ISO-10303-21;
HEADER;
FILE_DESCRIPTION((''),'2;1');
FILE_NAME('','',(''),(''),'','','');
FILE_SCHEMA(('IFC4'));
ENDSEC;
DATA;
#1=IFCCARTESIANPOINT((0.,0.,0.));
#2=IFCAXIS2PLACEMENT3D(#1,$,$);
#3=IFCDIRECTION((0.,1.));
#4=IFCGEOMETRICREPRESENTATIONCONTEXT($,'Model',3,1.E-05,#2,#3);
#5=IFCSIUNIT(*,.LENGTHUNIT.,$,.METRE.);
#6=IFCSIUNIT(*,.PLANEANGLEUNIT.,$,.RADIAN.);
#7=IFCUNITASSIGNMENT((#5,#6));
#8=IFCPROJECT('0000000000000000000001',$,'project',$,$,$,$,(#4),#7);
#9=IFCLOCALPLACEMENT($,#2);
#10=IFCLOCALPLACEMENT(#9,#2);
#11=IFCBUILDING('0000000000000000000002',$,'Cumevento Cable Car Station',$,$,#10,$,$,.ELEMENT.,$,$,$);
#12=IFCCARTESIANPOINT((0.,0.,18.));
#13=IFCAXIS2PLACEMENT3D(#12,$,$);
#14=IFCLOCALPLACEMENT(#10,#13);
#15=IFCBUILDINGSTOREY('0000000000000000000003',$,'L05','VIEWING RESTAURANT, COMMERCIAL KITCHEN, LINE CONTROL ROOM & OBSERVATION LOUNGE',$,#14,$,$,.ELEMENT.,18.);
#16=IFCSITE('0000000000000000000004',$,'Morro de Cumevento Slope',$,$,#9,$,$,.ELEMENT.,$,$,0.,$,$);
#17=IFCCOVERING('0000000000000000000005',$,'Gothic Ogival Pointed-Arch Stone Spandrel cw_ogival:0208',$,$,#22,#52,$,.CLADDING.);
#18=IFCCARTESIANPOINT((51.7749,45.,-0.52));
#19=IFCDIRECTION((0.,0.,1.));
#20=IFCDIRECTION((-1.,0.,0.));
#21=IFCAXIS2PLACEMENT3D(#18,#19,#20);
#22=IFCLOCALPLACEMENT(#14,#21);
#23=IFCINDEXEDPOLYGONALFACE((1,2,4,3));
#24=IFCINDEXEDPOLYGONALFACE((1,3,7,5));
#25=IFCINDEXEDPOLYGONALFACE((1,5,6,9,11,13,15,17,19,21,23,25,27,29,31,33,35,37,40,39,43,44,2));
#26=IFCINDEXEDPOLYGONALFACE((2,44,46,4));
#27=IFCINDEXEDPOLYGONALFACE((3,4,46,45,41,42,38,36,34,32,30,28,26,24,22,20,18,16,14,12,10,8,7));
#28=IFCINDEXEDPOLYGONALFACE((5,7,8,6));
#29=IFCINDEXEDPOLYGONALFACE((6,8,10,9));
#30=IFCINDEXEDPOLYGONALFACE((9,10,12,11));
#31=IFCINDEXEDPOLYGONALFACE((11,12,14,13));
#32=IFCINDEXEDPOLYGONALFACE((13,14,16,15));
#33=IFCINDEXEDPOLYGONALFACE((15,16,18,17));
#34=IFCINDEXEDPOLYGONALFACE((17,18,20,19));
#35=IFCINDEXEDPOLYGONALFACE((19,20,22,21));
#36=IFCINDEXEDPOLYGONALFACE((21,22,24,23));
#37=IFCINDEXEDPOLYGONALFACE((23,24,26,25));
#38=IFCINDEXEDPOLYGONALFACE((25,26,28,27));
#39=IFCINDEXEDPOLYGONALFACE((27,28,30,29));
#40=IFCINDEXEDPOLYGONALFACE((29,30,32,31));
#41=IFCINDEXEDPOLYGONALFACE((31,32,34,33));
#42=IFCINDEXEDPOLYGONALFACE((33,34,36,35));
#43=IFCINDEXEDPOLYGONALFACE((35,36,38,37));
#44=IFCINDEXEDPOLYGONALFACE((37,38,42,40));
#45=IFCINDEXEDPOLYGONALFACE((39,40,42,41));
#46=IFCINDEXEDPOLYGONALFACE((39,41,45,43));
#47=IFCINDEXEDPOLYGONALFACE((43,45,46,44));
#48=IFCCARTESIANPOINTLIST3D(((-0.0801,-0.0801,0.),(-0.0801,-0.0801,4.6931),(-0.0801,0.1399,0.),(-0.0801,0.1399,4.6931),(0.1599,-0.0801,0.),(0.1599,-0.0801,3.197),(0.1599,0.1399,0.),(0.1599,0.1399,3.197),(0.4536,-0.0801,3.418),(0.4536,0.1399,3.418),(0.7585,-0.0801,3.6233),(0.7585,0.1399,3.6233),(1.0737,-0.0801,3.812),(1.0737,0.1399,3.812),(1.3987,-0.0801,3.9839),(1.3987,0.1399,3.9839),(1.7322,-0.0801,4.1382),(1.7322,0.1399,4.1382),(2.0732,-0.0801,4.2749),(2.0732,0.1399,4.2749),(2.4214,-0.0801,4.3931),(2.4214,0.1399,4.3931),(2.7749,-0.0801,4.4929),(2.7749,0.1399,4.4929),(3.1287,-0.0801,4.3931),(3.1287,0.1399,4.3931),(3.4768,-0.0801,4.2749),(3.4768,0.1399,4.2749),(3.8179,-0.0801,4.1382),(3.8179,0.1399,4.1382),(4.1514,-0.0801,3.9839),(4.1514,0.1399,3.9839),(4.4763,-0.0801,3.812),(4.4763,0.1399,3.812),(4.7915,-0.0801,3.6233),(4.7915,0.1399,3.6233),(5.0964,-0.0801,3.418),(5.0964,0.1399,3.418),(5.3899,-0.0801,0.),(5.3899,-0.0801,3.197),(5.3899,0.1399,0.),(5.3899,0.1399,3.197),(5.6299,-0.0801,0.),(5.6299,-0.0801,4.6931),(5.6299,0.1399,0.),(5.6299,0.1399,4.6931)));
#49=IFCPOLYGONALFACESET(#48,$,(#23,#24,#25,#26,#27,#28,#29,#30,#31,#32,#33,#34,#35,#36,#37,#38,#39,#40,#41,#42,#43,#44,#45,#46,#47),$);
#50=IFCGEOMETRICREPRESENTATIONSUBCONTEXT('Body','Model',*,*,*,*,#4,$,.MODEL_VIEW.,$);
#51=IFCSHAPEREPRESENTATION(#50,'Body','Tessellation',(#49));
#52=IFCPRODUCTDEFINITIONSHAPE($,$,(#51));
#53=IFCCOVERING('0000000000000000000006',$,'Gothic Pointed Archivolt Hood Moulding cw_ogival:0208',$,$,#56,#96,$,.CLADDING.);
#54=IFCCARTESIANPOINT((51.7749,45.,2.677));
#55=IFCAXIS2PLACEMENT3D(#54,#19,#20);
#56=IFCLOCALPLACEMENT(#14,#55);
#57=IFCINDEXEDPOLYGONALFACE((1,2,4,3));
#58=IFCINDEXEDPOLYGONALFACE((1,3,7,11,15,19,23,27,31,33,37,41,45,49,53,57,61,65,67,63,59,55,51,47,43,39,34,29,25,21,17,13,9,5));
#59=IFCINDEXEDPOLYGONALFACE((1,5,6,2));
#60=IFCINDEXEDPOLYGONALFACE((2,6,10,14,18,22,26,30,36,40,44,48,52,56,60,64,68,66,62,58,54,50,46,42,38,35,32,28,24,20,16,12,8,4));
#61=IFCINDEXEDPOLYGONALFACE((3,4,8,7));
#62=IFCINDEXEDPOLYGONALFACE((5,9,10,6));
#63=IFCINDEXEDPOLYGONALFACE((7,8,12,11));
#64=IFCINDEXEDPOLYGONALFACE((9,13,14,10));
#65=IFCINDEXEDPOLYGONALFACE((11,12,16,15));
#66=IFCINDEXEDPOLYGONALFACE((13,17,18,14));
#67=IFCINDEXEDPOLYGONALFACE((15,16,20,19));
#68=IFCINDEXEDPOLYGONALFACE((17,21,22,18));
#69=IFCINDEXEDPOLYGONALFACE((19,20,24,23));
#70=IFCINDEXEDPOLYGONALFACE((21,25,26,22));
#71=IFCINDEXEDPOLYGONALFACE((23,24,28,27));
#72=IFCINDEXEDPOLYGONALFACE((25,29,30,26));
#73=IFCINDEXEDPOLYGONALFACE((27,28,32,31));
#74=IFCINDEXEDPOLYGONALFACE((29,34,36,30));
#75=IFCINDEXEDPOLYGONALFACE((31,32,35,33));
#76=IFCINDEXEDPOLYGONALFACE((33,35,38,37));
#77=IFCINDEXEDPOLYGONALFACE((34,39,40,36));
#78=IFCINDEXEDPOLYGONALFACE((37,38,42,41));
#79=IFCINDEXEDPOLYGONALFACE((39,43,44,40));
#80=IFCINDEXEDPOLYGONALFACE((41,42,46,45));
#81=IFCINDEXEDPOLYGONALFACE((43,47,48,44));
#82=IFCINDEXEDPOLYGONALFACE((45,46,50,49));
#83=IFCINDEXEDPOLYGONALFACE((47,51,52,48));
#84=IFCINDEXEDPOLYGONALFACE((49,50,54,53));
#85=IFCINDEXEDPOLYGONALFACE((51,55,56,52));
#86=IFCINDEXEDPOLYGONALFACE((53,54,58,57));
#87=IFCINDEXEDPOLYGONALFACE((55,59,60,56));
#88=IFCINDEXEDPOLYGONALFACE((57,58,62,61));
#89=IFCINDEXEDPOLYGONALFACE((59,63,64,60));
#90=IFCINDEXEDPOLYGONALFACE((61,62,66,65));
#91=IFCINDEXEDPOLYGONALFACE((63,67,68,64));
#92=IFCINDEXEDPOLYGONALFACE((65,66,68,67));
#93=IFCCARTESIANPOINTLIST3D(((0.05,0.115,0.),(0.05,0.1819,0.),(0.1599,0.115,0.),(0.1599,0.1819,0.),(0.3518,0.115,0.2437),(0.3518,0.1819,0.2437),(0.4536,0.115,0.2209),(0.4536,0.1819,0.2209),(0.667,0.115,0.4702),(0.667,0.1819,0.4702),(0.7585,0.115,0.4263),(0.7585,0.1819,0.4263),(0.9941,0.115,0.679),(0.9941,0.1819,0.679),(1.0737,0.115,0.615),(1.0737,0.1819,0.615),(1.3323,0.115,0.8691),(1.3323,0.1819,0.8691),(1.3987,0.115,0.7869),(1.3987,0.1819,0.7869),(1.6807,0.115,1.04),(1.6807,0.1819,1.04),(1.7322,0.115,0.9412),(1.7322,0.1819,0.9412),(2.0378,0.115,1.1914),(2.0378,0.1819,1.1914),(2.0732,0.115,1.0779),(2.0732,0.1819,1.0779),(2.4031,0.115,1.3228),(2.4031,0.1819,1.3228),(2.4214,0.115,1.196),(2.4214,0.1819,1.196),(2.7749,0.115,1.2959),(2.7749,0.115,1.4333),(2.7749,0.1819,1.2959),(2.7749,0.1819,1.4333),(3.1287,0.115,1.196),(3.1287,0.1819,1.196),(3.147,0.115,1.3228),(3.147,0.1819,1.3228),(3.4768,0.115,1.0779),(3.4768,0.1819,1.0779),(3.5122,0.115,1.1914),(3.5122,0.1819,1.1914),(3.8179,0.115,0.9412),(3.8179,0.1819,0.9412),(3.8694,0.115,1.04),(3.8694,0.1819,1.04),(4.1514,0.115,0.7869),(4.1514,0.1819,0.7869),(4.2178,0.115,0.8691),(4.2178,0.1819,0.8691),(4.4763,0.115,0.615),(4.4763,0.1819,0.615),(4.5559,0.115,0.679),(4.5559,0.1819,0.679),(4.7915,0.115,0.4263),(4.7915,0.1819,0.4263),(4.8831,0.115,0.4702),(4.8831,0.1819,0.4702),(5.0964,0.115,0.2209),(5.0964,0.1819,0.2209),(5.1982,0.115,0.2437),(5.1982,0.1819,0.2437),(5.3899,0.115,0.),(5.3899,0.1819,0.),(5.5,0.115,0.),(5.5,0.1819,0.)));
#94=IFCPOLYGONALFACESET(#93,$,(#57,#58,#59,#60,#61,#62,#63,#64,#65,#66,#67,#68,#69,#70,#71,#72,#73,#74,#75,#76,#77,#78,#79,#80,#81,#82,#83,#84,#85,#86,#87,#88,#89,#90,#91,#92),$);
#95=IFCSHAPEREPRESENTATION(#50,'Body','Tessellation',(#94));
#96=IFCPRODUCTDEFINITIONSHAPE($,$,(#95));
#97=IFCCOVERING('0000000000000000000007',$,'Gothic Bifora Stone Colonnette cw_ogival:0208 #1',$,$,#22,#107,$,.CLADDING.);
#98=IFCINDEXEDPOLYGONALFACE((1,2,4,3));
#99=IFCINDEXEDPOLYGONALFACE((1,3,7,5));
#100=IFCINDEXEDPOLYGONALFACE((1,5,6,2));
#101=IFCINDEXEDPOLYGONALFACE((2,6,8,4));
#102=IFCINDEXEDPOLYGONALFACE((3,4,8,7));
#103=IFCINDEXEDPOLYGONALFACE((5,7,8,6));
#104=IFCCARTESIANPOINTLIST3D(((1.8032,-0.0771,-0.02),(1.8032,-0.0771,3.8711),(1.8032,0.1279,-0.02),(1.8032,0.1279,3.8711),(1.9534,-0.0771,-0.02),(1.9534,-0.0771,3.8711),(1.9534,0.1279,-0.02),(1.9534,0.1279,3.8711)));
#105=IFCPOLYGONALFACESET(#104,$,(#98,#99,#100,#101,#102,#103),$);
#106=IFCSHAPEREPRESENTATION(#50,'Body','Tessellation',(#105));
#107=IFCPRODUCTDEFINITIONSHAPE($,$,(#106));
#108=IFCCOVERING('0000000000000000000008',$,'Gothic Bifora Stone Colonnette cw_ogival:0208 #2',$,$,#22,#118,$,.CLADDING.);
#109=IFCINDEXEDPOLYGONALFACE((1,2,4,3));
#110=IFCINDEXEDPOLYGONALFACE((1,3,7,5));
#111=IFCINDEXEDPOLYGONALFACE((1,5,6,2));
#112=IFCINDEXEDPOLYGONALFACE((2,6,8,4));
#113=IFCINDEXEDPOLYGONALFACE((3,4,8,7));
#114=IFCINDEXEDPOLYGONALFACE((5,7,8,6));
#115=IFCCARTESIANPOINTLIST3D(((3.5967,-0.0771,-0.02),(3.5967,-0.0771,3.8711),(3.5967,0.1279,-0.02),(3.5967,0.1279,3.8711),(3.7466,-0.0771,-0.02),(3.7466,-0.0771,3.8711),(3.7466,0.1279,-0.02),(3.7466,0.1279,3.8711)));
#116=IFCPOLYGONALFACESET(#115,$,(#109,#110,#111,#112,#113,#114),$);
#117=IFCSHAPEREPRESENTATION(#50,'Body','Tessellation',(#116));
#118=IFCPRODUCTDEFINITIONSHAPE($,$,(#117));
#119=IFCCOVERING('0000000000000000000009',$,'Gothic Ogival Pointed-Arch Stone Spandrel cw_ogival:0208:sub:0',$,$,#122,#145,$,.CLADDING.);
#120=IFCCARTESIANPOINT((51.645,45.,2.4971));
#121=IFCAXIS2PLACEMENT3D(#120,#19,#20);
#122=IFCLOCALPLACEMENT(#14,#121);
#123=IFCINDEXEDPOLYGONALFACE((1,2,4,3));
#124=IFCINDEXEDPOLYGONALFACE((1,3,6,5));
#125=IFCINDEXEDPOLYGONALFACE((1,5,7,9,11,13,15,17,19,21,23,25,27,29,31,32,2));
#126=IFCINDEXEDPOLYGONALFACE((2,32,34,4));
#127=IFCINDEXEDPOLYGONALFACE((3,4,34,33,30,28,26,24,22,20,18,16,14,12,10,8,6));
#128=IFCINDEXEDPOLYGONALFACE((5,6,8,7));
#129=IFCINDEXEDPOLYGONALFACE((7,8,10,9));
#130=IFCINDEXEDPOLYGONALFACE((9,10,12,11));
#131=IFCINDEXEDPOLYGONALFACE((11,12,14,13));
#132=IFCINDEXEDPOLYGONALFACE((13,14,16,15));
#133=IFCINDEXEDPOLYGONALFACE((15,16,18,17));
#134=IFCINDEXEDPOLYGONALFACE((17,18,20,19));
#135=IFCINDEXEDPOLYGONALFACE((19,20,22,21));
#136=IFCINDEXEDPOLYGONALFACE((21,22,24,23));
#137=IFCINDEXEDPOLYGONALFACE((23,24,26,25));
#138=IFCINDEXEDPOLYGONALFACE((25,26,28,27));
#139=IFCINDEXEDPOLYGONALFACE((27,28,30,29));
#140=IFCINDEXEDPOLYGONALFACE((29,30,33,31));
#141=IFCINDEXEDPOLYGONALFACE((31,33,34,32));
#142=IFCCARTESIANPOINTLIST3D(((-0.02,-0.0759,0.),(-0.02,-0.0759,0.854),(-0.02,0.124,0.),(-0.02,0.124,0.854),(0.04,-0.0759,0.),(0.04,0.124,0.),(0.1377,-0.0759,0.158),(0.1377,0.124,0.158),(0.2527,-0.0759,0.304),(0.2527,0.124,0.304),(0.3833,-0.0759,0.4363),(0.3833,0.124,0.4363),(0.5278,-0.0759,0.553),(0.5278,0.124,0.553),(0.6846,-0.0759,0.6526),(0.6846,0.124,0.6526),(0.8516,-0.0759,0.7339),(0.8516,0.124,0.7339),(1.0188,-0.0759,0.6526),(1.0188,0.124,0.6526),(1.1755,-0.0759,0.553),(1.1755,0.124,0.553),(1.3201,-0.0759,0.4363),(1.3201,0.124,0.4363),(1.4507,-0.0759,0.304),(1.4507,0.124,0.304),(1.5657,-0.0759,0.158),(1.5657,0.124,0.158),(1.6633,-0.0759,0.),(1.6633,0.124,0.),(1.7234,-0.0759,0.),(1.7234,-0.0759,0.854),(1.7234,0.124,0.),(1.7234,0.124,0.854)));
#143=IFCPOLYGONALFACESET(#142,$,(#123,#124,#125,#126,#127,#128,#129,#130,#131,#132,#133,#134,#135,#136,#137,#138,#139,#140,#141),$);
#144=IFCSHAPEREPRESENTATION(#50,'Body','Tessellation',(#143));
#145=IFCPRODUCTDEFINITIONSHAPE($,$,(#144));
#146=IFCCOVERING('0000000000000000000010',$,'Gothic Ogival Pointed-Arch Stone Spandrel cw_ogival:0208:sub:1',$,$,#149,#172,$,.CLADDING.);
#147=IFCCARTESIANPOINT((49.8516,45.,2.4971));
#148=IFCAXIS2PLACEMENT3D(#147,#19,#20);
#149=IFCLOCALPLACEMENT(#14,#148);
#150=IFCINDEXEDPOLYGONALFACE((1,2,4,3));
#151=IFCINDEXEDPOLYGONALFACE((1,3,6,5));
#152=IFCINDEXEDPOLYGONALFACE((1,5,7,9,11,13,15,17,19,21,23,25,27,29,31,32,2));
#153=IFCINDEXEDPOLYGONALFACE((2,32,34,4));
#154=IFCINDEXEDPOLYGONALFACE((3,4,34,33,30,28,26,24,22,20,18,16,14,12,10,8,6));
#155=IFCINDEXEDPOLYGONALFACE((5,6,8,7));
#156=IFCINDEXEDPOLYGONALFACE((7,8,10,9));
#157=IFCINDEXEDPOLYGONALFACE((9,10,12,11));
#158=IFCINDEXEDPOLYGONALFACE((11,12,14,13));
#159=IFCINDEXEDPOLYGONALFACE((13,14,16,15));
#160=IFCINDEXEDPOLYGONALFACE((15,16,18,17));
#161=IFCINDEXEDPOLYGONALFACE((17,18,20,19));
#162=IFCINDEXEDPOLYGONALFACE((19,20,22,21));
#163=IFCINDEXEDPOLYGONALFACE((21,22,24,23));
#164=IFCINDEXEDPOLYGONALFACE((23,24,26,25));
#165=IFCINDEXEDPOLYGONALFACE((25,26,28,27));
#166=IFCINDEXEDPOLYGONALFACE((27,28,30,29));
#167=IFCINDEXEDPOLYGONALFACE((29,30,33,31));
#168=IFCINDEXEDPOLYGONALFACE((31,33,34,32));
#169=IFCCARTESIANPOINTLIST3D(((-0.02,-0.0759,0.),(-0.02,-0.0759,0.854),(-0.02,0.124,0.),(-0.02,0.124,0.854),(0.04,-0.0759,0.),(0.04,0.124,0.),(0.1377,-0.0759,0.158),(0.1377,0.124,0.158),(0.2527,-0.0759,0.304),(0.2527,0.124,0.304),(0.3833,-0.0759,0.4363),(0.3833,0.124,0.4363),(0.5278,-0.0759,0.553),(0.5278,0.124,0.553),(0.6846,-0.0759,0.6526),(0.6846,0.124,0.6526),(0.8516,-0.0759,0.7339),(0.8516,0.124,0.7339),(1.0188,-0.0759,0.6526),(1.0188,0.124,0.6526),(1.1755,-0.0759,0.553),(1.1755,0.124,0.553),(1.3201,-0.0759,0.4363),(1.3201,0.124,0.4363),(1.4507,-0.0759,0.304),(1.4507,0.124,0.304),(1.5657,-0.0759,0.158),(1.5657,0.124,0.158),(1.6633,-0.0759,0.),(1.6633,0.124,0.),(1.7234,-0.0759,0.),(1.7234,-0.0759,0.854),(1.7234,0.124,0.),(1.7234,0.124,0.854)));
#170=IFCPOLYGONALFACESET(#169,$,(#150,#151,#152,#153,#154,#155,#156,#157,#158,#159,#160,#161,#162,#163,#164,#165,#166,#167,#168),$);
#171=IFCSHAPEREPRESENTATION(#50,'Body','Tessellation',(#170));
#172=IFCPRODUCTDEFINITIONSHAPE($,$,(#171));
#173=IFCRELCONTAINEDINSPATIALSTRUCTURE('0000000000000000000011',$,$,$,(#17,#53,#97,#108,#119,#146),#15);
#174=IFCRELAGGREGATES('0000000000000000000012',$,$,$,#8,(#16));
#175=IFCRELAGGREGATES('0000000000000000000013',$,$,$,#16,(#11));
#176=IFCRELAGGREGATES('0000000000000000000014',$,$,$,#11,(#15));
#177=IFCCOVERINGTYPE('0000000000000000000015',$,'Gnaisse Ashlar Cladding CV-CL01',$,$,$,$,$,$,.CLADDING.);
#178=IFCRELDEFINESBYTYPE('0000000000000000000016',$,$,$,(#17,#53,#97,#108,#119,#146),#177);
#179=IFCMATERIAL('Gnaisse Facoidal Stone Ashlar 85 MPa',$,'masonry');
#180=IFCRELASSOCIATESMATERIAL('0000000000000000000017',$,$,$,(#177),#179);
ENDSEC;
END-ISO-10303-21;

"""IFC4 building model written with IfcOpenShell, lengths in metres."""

from ifc_helpers import new_model, si_unit, direction, frame, origin, place, context, subcontext, project, spatial, polyline, outline, extrude, material, type_object, element, save


model = new_model("IFC4")

# Units and contexts
model_context = context("Model", 3, precision=1e-05, world=origin(), true_north=direction((0.0, 1.0)))
body_context = subcontext(model_context, "Body", "Model", "MODEL_VIEW")
ifc_project = project(units=[si_unit("LENGTHUNIT", "METRE"), si_unit("PLANEANGLEUNIT", "RADIAN")], contexts=[model_context])

# Site, building, storey
site_placement = place(None, origin())
site = spatial("IfcSite", under=ifc_project, at=site_placement, Name="Morro de Cumevento Slope", CompositionType="ELEMENT", RefElevation=0.0)
building_placement = place(site_placement, origin())
building = spatial("IfcBuilding", under=site, at=building_placement, Name="Cumevento Cable Car Station", CompositionType="ELEMENT")
storey_placement = place(building_placement, frame((0.0, 0.0, 18.0)))
storey = spatial("IfcBuildingStorey", under=building, at=storey_placement, Name="L05", Description="VIEWING RESTAURANT, COMMERCIAL KITCHEN, LINE CONTROL ROOM & OBSERVATION LOUNGE", CompositionType="ELEMENT", Elevation=18.0)

# Coverings
ifc_material_1 = material(Name="Gnaisse Facoidal Stone Ashlar 85 MPa", Category="masonry")
covering_type = type_object("IfcCoveringType", Name="Gnaisse Ashlar Cladding CV-CL01", PredefinedType="CLADDING", material=ifc_material_1)
placement = place(storey_placement, frame((51.7749, 45.0, -0.52), z_axis=(0.0, 0.0, 1.0), x_axis=(-1.0, 0.0, 0.0)))
element("IfcCovering", 1, at=placement, inside=storey, type_object=covering_type, Name="Gothic Ogival Pointed-Arch Stone Spandrel cw_ogival:0208", PredefinedType="CLADDING", context=body_context, shape_type="SweptSolid", body=[
    extrude(outline(polyline([(-0.0801, 0.0), (-0.0801, 4.6931), (5.6299, 4.6931), (5.6299, 0.0), (5.3899, 0.0), (5.3899, 3.197), (5.0964, 3.418), (4.7915, 3.6233), (4.4763, 3.812), (4.1514, 3.9839), (3.8179, 4.1382), (3.4768, 4.2749), (3.1287, 4.3931), (2.7749, 4.4929), (2.4214, 4.3931), (2.0732, 4.2749), (1.7322, 4.1382), (1.3987, 3.9839), (1.0737, 3.812), (0.7585, 3.6233), (0.4536, 3.418), (0.1599, 3.197), (0.1599, 0.0), (-0.0801, 0.0)])), frame((0.0, 0.1399, 0.0), z_axis=(0.0, -1.0, 0.0), x_axis=(1.0, 0.0, 0.0)), (0.0, 0.0, 1.0), 0.22),
])
covering_1_placement = place(storey_placement, frame((51.7749, 45.0, 2.677), z_axis=(0.0, 0.0, 1.0), x_axis=(-1.0, 0.0, 0.0)))
element("IfcCovering", 2, at=covering_1_placement, inside=storey, type_object=covering_type, Name="Gothic Pointed Archivolt Hood Moulding cw_ogival:0208", PredefinedType="CLADDING", context=body_context, shape_type="SweptSolid", body=[
    extrude(outline(polyline([(0.1599, 0.0), (0.4536, 0.2209), (0.7585, 0.4263), (1.0737, 0.615), (1.3987, 0.7869), (1.7322, 0.9412), (2.0732, 1.0779), (2.4214, 1.196), (2.7749, 1.2959), (3.1287, 1.196), (3.4768, 1.0779), (3.8179, 0.9412), (4.1514, 0.7869), (4.4763, 0.615), (4.7915, 0.4263), (5.0964, 0.2209), (5.3899, 0.0), (5.5, 0.0), (5.1982, 0.2437), (4.8831, 0.4702), (4.5559, 0.679), (4.2178, 0.8691), (3.8694, 1.04), (3.5122, 1.1914), (3.147, 1.3228), (2.7749, 1.4333), (2.4031, 1.3228), (2.0378, 1.1914), (1.6807, 1.04), (1.3323, 0.8691), (0.9941, 0.679), (0.667, 0.4702), (0.3518, 0.2437), (0.05, 0.0), (0.1599, 0.0)])), frame((0.0, 0.1819, 0.0), z_axis=(0.0, -1.0, 0.0), x_axis=(1.0, 0.0, 0.0)), (0.0, 0.0, 1.0), 0.0669),
])
element("IfcCovering", 3, at=placement, inside=storey, type_object=covering_type, Name="Gothic Bifora Stone Colonnette cw_ogival:0208 #1", PredefinedType="CLADDING", context=body_context, shape_type="SweptSolid", body=[
    extrude(outline(polyline([(1.8032, -0.02), (1.9534, -0.02), (1.9534, 3.8711), (1.8032, 3.8711), (1.8032, -0.02)])), frame((0.0, 0.1279, 0.0), z_axis=(0.0, -1.0, 0.0), x_axis=(1.0, 0.0, 0.0)), (0.0, 0.0, 1.0), 0.2051),
])
element("IfcCovering", 4, at=placement, inside=storey, type_object=covering_type, Name="Gothic Bifora Stone Colonnette cw_ogival:0208 #2", PredefinedType="CLADDING", context=body_context, shape_type="SweptSolid", body=[
    extrude(outline(polyline([(3.5967, -0.02), (3.7466, -0.02), (3.7466, 3.8711), (3.5967, 3.8711), (3.5967, -0.02)])), frame((0.0, 0.1279, 0.0), z_axis=(0.0, -1.0, 0.0), x_axis=(1.0, 0.0, 0.0)), (0.0, 0.0, 1.0), 0.2051),
])
for number, where, z_axis, x_axis, name in (
    (5, (51.645, 45.0, 2.4971), (0.0, 0.0, 1.0), (-1.0, 0.0, 0.0), "Gothic Ogival Pointed-Arch Stone Spandrel cw_ogival:0208:sub:0"),
    (6, (49.8516, 45.0, 2.4971), (0.0, 0.0, 1.0), (-1.0, 0.0, 0.0), "Gothic Ogival Pointed-Arch Stone Spandrel cw_ogival:0208:sub:1"),
):
    element("IfcCovering", number, at=place(storey_placement, frame(where, z_axis=z_axis, x_axis=x_axis)), inside=storey, type_object=covering_type, Name=name, PredefinedType="CLADDING", context=body_context, shape_type="SweptSolid", body=[
        extrude(outline(polyline([(-0.02, 0.0), (-0.02, 0.854), (1.7234, 0.854), (1.7234, 0.0), (1.6633, 0.0), (1.5657, 0.158), (1.4507, 0.304), (1.3201, 0.4363), (1.1755, 0.553), (1.0188, 0.6526), (0.8516, 0.7339), (0.6846, 0.6526), (0.5278, 0.553), (0.3833, 0.4363), (0.2527, 0.304), (0.1377, 0.158), (0.04, 0.0), (-0.02, 0.0)])), frame((0.0, 0.124, 0.0), z_axis=(0.0, -1.0, 0.0), x_axis=(1.0, 0.0, 0.0)), (0.0, 0.0, 1.0), 0.2),
    ])

save(model, "model.ifc")
